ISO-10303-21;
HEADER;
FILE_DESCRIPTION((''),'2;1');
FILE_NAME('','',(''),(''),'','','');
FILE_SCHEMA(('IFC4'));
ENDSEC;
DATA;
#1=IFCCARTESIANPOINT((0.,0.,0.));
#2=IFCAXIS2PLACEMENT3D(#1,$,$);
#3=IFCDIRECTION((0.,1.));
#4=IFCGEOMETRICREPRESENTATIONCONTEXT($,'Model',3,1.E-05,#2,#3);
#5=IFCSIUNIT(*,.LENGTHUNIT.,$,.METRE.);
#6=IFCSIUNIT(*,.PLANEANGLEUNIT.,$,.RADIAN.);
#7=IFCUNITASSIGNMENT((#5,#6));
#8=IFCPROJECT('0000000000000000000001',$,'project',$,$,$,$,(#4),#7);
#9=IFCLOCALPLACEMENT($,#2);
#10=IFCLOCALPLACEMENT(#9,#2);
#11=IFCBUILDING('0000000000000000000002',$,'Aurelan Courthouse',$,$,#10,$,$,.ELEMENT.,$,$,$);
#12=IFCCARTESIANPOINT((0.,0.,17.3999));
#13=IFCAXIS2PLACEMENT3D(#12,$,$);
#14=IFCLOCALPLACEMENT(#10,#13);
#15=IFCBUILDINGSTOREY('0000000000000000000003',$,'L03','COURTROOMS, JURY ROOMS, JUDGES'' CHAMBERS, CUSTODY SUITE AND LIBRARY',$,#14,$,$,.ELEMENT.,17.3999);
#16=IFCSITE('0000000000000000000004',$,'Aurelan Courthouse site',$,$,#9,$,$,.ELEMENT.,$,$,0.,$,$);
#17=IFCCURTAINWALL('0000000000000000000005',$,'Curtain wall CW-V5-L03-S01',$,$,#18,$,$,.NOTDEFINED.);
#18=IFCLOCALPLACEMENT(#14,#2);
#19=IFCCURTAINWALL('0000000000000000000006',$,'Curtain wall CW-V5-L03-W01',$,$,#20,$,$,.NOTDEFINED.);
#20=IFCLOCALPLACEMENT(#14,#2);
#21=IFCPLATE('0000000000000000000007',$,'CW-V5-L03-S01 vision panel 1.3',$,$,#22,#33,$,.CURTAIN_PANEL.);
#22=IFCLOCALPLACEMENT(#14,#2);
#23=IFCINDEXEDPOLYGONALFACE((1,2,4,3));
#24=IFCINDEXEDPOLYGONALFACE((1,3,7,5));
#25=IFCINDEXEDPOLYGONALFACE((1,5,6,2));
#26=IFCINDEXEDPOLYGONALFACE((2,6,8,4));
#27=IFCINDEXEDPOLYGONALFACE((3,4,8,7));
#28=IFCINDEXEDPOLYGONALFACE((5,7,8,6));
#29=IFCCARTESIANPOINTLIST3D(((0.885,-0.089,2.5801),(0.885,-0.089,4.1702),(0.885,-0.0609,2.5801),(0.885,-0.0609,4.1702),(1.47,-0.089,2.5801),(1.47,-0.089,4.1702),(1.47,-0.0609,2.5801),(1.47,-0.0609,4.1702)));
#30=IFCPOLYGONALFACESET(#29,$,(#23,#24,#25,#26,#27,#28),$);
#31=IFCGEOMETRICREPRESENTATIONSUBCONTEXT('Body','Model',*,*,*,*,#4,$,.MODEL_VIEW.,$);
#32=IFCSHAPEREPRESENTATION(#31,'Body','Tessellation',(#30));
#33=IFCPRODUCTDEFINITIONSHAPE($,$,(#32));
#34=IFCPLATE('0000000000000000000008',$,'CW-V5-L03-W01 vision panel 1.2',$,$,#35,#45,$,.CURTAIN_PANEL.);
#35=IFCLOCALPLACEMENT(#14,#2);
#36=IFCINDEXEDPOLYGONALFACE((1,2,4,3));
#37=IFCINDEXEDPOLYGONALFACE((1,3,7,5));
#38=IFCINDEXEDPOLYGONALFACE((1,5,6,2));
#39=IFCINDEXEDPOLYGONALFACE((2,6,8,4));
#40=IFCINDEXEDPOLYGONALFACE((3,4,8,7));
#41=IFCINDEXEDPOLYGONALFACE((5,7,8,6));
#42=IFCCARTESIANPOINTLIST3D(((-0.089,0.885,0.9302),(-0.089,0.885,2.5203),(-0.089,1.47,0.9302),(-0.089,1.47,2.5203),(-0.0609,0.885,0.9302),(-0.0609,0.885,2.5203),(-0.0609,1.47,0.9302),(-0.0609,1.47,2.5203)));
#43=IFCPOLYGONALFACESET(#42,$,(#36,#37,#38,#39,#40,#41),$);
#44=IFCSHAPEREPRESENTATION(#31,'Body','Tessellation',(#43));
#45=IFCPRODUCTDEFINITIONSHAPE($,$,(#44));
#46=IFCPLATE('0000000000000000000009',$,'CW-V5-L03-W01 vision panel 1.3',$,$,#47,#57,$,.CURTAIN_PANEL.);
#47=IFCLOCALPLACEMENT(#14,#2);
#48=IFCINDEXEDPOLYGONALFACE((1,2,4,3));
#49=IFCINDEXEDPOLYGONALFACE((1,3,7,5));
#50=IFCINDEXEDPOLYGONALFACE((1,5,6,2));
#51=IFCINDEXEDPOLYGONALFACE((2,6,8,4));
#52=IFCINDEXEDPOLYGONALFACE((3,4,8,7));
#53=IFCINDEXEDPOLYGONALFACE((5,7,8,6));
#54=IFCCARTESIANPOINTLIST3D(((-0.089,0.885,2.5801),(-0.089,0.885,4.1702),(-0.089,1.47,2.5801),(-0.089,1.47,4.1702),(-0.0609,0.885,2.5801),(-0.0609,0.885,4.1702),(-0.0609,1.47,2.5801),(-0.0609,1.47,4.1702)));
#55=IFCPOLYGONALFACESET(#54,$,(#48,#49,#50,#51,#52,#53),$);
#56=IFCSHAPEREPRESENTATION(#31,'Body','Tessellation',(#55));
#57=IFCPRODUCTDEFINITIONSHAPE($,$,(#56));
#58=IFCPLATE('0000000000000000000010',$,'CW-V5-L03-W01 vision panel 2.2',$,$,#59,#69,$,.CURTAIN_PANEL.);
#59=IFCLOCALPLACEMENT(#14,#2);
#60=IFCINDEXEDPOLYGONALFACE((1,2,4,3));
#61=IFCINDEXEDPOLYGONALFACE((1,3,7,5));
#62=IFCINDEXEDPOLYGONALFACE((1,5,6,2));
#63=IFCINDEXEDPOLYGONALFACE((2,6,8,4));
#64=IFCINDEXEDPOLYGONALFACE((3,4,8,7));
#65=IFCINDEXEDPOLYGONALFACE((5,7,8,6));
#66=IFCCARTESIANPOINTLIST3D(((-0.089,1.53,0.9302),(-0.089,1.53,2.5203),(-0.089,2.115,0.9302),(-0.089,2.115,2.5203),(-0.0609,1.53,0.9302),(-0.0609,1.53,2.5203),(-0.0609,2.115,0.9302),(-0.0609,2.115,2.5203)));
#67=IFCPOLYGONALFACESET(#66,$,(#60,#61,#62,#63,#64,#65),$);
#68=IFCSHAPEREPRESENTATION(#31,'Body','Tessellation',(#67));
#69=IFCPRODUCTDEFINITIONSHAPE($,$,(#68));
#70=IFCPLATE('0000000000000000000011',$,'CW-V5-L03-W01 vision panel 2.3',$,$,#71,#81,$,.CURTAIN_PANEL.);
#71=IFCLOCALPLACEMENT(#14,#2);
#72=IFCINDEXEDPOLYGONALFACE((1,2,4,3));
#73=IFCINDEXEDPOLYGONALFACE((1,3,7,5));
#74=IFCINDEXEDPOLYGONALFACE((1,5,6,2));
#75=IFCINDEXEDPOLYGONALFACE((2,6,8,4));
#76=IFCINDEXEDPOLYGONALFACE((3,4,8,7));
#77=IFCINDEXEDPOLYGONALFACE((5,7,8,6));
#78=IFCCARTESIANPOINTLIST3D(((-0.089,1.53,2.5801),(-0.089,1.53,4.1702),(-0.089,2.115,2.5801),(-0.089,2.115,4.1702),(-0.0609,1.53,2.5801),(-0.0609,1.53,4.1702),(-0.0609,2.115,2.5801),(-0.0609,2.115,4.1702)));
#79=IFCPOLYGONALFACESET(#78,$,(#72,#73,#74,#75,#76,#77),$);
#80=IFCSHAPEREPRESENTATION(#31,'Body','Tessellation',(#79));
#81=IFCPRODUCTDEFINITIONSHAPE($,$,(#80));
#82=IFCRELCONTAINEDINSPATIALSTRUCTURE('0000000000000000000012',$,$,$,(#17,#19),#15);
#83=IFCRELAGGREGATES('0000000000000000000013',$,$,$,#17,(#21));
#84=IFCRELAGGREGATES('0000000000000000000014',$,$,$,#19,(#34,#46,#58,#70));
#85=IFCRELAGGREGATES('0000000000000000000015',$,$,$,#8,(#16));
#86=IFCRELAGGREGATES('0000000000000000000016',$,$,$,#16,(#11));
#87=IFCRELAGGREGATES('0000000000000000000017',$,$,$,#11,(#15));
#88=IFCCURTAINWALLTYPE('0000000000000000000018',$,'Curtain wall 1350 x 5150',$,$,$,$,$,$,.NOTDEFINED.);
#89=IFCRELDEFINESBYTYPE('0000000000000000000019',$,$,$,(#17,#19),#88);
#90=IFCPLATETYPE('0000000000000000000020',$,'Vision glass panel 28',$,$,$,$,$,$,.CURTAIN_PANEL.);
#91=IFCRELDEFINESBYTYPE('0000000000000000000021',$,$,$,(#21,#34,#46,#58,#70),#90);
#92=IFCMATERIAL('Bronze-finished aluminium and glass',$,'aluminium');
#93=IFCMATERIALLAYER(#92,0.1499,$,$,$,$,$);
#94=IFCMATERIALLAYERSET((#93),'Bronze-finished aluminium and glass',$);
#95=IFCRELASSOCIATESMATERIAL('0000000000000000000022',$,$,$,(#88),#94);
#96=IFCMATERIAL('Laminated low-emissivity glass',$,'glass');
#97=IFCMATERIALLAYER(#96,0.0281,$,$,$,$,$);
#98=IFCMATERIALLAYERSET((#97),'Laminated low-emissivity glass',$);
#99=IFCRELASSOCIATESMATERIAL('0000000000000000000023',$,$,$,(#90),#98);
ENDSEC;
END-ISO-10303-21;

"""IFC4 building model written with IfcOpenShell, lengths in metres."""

from ifc_helpers import new_model, si_unit, direction, frame, origin, origin_2d, place, context, subcontext, project, spatial, rectangle, extrude, material, layer, layer_set, type_object, element, aggregate, save


model = new_model("IFC4")

# Units and contexts
model_context = context("Model", 3, precision=1e-05, world=origin(), true_north=direction((0.0, 1.0)))
body_context = subcontext(model_context, "Body", "Model", "MODEL_VIEW")
ifc_project = project(units=[si_unit("LENGTHUNIT", "METRE"), si_unit("PLANEANGLEUNIT", "RADIAN")], contexts=[model_context])

# Site, building, storey
site_placement = place(None, origin())
site = spatial("IfcSite", under=ifc_project, at=site_placement, Name="Aurelan Courthouse site", CompositionType="ELEMENT", RefElevation=0.0)
building_placement = place(site_placement, origin())
building = spatial("IfcBuilding", under=site, at=building_placement, Name="Aurelan Courthouse", CompositionType="ELEMENT")
storey_placement = place(building_placement, frame((0.0, 0.0, 17.3999)))
storey = spatial("IfcBuildingStorey", under=building, at=storey_placement, Name="L03", Description="COURTROOMS, JURY ROOMS, JUDGES' CHAMBERS, CUSTODY SUITE AND LIBRARY", CompositionType="ELEMENT", Elevation=17.3999)

# Curtain walls
ifc_material_1 = material(Name="Bronze-finished aluminium and glass", Category="aluminium")
ifc_layer_1 = layer(ifc_material_1, 0.1499)
ifc_layer_set_1 = layer_set([ifc_layer_1], Name="Bronze-finished aluminium and glass")
curtain_wall_type = type_object("IfcCurtainWallType", Name="Curtain wall 1350 x 5150", PredefinedType="NOTDEFINED", material=ifc_layer_set_1)
curtain_wall_1_placement = place(storey_placement, origin())
curtain_wall_1 = element("IfcCurtainWall", 1, at=curtain_wall_1_placement, inside=storey, type_object=curtain_wall_type, Name="Curtain wall CW-V5-L03-S01", PredefinedType="NOTDEFINED")
curtain_wall_2_placement = place(storey_placement, origin())
curtain_wall_2 = element("IfcCurtainWall", 2, at=curtain_wall_2_placement, inside=storey, type_object=curtain_wall_type, Name="Curtain wall CW-V5-L03-W01", PredefinedType="NOTDEFINED")

# Plates
ifc_material_2 = material(Name="Laminated low-emissivity glass", Category="glass")
ifc_layer_2 = layer(ifc_material_2, 0.0281)
ifc_layer_set_2 = layer_set([ifc_layer_2], Name="Laminated low-emissivity glass")
plate_type_1 = type_object("IfcPlateType", Name="Vision glass panel 28", PredefinedType="CURTAIN_PANEL", material=ifc_layer_set_2)
plate_1_placement = place(storey_placement, frame((1.1775, -0.075, 2.5801), z_axis=(0.0, 0.0, 1.0), x_axis=(1.0, 0.0, 0.0)))
plate_1 = element("IfcPlate", 3, at=plate_1_placement, type_object=plate_type_1, Name="CW-V5-L03-S01 vision panel 1.3", PredefinedType="CURTAIN_PANEL", context=body_context, shape_type="SweptSolid", body=[
    extrude(rectangle(XDim=0.585, YDim=0.0281, at=origin_2d()), origin(), (0.0, 0.0, 1.0), 1.5901),
])
aggregate(curtain_wall_1, [plate_1])
plate_2_placement = place(storey_placement, frame((-0.075, 1.1775, 0.9302), z_axis=(0.0, 0.0, 1.0), x_axis=(0.0, 1.0, 0.0)))
plate_2 = element("IfcPlate", 4, at=plate_2_placement, type_object=plate_type_1, Name="CW-V5-L03-W01 vision panel 1.2", PredefinedType="CURTAIN_PANEL", context=body_context, shape_type="SweptSolid", body=[
    extrude(rectangle(XDim=0.585, YDim=0.0281, at=origin_2d()), origin(), (0.0, 0.0, 1.0), 1.5901),
])
plate_3_placement = place(storey_placement, frame((-0.075, 1.1775, 2.5801), z_axis=(0.0, 0.0, 1.0), x_axis=(0.0, 1.0, 0.0)))
plate_3 = element("IfcPlate", 5, at=plate_3_placement, type_object=plate_type_1, Name="CW-V5-L03-W01 vision panel 1.3", PredefinedType="CURTAIN_PANEL", context=body_context, shape_type="SweptSolid", body=[
    extrude(rectangle(XDim=0.585, YDim=0.0281, at=origin_2d()), origin(), (0.0, 0.0, 1.0), 1.5901),
])
plate_4_placement = place(storey_placement, frame((-0.075, 1.8225, 0.9302), z_axis=(0.0, 0.0, 1.0), x_axis=(0.0, 1.0, 0.0)))
plate_4 = element("IfcPlate", 6, at=plate_4_placement, type_object=plate_type_1, Name="CW-V5-L03-W01 vision panel 2.2", PredefinedType="CURTAIN_PANEL", context=body_context, shape_type="SweptSolid", body=[
    extrude(rectangle(XDim=0.585, YDim=0.0281, at=origin_2d()), origin(), (0.0, 0.0, 1.0), 1.5901),
])
plate_5_placement = place(storey_placement, frame((-0.075, 1.8225, 2.5801), z_axis=(0.0, 0.0, 1.0), x_axis=(0.0, 1.0, 0.0)))
plate_5 = element("IfcPlate", 7, at=plate_5_placement, type_object=plate_type_1, Name="CW-V5-L03-W01 vision panel 2.3", PredefinedType="CURTAIN_PANEL", context=body_context, shape_type="SweptSolid", body=[
    extrude(rectangle(XDim=0.585, YDim=0.0281, at=origin_2d()), origin(), (0.0, 0.0, 1.0), 1.5901),
])
aggregate(curtain_wall_2, [plate_2, plate_3, plate_4, plate_5])

save(model, "model.ifc")
